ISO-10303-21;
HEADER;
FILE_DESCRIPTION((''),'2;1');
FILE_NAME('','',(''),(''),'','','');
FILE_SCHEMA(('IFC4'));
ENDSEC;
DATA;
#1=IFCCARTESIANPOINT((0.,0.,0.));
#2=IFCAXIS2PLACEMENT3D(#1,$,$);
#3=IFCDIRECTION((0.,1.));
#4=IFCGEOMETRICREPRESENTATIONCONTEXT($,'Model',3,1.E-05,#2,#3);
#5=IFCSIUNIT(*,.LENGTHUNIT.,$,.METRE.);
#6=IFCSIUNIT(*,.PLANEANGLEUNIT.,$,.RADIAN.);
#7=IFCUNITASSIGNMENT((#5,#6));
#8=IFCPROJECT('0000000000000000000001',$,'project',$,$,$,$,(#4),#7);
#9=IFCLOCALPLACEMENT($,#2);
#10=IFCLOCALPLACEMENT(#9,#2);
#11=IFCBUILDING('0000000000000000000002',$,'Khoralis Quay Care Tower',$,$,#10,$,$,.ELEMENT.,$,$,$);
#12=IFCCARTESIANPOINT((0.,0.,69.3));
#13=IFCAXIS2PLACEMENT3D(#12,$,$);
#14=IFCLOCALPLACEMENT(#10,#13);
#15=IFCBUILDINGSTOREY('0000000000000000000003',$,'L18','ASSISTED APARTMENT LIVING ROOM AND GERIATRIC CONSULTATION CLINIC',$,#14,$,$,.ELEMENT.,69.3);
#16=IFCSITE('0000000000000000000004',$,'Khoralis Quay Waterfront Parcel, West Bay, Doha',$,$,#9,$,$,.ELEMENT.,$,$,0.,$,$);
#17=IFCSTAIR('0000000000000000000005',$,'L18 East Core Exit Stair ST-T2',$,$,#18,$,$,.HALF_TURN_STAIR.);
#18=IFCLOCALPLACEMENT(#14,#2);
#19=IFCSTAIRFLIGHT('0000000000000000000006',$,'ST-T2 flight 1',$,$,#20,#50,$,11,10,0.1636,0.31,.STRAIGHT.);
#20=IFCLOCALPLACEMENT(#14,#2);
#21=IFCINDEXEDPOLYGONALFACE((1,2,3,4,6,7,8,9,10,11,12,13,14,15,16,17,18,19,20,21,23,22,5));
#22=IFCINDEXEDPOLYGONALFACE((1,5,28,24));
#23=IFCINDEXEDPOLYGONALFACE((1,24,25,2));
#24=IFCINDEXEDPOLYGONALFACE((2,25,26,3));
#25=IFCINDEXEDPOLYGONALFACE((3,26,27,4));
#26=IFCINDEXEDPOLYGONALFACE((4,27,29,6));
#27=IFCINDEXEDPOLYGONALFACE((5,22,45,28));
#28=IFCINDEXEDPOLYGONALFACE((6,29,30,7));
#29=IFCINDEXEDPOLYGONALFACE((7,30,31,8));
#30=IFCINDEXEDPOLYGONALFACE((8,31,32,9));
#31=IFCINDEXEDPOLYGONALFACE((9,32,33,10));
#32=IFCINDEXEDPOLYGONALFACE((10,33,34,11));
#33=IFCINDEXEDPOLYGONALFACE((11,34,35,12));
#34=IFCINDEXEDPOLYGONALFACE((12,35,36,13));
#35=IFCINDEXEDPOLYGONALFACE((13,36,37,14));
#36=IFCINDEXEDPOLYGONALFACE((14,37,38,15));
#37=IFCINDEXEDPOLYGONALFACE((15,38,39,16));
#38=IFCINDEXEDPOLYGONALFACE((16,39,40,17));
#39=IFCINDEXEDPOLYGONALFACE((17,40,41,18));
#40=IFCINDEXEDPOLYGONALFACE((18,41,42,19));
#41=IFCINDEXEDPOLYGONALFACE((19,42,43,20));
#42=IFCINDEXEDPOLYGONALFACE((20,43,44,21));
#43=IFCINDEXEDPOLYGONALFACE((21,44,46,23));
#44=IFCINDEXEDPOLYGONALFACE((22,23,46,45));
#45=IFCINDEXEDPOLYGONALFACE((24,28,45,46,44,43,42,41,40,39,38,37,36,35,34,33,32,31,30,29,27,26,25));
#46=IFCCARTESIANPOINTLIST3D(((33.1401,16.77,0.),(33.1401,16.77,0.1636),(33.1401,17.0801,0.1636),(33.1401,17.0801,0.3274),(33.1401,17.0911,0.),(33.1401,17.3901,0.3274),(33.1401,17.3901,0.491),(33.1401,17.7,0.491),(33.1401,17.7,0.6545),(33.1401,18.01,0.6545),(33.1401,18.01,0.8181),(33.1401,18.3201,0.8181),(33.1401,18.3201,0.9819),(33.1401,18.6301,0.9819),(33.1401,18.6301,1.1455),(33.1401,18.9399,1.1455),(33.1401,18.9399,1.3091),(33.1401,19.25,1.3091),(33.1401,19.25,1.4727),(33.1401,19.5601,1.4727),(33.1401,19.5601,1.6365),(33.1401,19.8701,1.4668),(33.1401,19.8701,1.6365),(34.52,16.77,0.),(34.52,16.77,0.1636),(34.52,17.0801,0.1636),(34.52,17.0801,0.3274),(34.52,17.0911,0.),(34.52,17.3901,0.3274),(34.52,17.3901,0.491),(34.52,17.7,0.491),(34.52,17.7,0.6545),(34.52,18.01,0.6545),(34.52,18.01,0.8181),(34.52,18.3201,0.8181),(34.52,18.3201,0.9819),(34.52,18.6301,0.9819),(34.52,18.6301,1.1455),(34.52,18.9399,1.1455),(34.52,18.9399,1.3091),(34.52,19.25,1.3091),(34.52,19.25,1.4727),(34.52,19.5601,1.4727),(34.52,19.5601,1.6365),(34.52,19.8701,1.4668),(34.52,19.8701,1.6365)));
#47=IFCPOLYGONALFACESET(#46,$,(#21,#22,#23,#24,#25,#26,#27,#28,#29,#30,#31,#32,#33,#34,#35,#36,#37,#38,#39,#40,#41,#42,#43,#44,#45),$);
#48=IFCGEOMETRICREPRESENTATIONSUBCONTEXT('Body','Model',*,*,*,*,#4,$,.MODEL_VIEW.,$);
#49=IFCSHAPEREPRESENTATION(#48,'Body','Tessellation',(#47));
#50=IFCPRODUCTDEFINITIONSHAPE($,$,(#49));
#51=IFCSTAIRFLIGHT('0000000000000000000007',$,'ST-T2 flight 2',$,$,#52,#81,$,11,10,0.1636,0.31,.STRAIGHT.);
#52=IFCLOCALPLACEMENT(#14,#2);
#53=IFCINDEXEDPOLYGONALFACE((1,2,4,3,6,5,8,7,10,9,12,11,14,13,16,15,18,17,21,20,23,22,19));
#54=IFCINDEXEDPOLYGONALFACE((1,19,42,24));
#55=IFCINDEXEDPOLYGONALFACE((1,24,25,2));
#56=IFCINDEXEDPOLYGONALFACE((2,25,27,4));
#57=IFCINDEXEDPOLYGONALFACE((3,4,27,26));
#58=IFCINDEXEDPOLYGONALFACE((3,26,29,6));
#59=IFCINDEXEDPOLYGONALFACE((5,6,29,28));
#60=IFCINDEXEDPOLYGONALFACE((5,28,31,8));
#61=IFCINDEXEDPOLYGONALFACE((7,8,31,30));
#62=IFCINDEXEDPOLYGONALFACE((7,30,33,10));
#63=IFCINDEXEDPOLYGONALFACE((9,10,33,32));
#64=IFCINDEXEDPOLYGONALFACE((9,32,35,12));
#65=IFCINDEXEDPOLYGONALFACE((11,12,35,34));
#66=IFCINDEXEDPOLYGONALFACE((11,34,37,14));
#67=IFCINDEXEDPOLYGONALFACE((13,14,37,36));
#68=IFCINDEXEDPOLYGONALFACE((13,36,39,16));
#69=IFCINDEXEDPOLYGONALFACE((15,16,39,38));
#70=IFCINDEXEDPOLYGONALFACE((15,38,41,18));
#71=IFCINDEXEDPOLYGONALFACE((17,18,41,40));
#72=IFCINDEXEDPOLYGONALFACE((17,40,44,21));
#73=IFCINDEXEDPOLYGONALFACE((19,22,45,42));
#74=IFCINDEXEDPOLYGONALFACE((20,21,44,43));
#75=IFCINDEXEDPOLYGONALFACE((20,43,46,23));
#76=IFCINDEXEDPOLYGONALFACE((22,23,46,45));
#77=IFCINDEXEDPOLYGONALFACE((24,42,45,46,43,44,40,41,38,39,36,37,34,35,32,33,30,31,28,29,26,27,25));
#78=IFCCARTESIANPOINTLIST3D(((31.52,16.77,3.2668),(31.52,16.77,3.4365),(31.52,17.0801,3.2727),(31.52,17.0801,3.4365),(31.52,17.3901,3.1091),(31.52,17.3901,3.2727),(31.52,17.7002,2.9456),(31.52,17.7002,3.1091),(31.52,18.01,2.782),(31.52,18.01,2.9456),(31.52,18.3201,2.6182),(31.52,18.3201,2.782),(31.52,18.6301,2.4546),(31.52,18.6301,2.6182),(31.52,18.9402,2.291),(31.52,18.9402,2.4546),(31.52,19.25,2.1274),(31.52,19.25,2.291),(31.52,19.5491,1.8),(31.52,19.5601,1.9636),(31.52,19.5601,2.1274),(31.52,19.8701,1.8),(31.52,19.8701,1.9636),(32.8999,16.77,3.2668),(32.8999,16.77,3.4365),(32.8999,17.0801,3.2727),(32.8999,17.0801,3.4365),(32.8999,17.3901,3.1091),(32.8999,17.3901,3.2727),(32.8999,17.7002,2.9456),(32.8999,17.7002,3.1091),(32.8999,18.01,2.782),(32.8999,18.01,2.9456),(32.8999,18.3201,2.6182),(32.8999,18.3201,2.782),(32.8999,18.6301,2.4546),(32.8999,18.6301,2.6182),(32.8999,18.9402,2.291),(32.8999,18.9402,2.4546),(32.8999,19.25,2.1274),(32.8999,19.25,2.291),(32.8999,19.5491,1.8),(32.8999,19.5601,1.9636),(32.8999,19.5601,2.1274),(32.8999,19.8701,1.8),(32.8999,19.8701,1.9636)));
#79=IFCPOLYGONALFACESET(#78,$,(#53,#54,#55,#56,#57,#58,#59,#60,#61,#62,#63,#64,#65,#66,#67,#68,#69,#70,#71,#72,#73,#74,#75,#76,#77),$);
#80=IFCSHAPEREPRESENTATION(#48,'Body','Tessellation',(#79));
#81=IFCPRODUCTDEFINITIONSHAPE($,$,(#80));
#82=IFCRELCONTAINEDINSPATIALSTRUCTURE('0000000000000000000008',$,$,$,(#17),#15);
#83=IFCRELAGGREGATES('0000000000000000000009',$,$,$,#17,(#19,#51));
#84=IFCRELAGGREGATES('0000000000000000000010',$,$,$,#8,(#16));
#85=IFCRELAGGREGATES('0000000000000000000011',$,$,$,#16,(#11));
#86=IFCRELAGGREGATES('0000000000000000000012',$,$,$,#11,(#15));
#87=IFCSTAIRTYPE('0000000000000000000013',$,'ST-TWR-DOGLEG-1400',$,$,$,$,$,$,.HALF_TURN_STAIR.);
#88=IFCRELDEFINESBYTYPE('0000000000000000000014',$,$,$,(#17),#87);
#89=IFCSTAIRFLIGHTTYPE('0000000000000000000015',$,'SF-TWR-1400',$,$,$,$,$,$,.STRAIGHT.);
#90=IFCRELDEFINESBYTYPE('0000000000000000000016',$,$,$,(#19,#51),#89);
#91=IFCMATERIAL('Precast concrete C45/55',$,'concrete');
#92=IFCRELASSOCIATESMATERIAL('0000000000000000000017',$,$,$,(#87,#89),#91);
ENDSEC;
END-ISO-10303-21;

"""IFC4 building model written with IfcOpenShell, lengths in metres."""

from ifc_helpers import new_model, si_unit, direction, frame, origin, place, context, subcontext, project, spatial, polyline, outline, extrude, source, transform, mapped, material, type_object, element, aggregate, save


model = new_model("IFC4")

# Units and contexts
model_context = context("Model", 3, precision=1e-05, world=origin(), true_north=direction((0.0, 1.0)))
body_context = subcontext(model_context, "Body", "Model", "MODEL_VIEW")
ifc_project = project(units=[si_unit("LENGTHUNIT", "METRE"), si_unit("PLANEANGLEUNIT", "RADIAN")], contexts=[model_context])

# Site, building, storey
site_placement = place(None, origin())
site = spatial("IfcSite", under=ifc_project, at=site_placement, Name="Khoralis Quay Waterfront Parcel, West Bay, Doha", CompositionType="ELEMENT", RefElevation=0.0)
building_placement = place(site_placement, origin())
building = spatial("IfcBuilding", under=site, at=building_placement, Name="Khoralis Quay Care Tower", CompositionType="ELEMENT")
storey_placement = place(building_placement, frame((0.0, 0.0, 69.3)))
storey = spatial("IfcBuildingStorey", under=building, at=storey_placement, Name="L18", Description="ASSISTED APARTMENT LIVING ROOM AND GERIATRIC CONSULTATION CLINIC", CompositionType="ELEMENT", Elevation=69.3)

# Stair, stair flights
ifc_material_1 = material(Name="Precast concrete C45/55", Category="concrete")
stair_type = type_object("IfcStairType", Name="ST-TWR-DOGLEG-1400", PredefinedType="HALF_TURN_STAIR", material=ifc_material_1)
stair_placement = place(storey_placement, origin())
stair = element("IfcStair", 1, at=stair_placement, inside=storey, type_object=stair_type, Name="L18 East Core Exit Stair ST-T2", PredefinedType="HALF_TURN_STAIR")
stair_flight_type = type_object("IfcStairFlightType", Name="SF-TWR-1400", PredefinedType="STRAIGHT", material=ifc_material_1)
shared_shape_1 = source(origin(), body_context, "Body", "SweptSolid", [
    extrude(outline(polyline([(0.0, 0.0), (0.0, 0.1636), (0.3101, 0.1636), (0.3101, 0.3274), (0.6201, 0.3274), (0.6201, 0.491), (0.9299, 0.491), (0.9299, 0.6545), (1.24, 0.6545), (1.24, 0.8181), (1.55, 0.8181), (1.55, 0.9819), (1.8601, 0.9819), (1.8601, 1.1455), (2.1699, 1.1455), (2.1699, 1.3091), (2.48, 1.3091), (2.48, 1.4727), (2.79, 1.4727), (2.79, 1.6365), (3.1001, 1.6365), (3.1001, 1.8), (3.1001, 1.4668), (0.321, 0.0), (0.0, 0.0)])), frame((0.0, 0.6899, 0.0), z_axis=(0.0, -1.0, 0.0), x_axis=(1.0, 0.0, 0.0)), (0.0, 0.0, 1.0), 1.3799),
])
stair_flight_1_placement = place(storey_placement, frame((33.8301, 16.77, 0.0), z_axis=(0.0, 0.0, 1.0), x_axis=(0.0, 1.0, 0.0)))
stair_flight_1 = element("IfcStairFlight", 2, at=stair_flight_1_placement, type_object=stair_flight_type, Name="ST-T2 flight 1", NumberOfRisers=11, NumberOfTreads=10, PredefinedType="STRAIGHT", RiserHeight=0.1636, TreadLength=0.31, context=body_context, shape_type="MappedRepresentation", body=[
    mapped(shared_shape_1, transform((0.0, 0.0, 0.0), scale=1.0)),
])
stair_flight_2_placement = place(storey_placement, frame((32.21, 19.8701, 1.8), z_axis=(0.0, 0.0, 1.0), x_axis=(0.0, -1.0, 0.0)))
stair_flight_2 = element("IfcStairFlight", 3, at=stair_flight_2_placement, type_object=stair_flight_type, Name="ST-T2 flight 2", NumberOfRisers=11, NumberOfTreads=10, PredefinedType="STRAIGHT", RiserHeight=0.1636, TreadLength=0.31, context=body_context, shape_type="MappedRepresentation", body=[
    mapped(shared_shape_1, transform((0.0, 0.0, 0.0), scale=1.0)),
])
aggregate(stair, [stair_flight_1, stair_flight_2])

save(model, "model.ifc")
